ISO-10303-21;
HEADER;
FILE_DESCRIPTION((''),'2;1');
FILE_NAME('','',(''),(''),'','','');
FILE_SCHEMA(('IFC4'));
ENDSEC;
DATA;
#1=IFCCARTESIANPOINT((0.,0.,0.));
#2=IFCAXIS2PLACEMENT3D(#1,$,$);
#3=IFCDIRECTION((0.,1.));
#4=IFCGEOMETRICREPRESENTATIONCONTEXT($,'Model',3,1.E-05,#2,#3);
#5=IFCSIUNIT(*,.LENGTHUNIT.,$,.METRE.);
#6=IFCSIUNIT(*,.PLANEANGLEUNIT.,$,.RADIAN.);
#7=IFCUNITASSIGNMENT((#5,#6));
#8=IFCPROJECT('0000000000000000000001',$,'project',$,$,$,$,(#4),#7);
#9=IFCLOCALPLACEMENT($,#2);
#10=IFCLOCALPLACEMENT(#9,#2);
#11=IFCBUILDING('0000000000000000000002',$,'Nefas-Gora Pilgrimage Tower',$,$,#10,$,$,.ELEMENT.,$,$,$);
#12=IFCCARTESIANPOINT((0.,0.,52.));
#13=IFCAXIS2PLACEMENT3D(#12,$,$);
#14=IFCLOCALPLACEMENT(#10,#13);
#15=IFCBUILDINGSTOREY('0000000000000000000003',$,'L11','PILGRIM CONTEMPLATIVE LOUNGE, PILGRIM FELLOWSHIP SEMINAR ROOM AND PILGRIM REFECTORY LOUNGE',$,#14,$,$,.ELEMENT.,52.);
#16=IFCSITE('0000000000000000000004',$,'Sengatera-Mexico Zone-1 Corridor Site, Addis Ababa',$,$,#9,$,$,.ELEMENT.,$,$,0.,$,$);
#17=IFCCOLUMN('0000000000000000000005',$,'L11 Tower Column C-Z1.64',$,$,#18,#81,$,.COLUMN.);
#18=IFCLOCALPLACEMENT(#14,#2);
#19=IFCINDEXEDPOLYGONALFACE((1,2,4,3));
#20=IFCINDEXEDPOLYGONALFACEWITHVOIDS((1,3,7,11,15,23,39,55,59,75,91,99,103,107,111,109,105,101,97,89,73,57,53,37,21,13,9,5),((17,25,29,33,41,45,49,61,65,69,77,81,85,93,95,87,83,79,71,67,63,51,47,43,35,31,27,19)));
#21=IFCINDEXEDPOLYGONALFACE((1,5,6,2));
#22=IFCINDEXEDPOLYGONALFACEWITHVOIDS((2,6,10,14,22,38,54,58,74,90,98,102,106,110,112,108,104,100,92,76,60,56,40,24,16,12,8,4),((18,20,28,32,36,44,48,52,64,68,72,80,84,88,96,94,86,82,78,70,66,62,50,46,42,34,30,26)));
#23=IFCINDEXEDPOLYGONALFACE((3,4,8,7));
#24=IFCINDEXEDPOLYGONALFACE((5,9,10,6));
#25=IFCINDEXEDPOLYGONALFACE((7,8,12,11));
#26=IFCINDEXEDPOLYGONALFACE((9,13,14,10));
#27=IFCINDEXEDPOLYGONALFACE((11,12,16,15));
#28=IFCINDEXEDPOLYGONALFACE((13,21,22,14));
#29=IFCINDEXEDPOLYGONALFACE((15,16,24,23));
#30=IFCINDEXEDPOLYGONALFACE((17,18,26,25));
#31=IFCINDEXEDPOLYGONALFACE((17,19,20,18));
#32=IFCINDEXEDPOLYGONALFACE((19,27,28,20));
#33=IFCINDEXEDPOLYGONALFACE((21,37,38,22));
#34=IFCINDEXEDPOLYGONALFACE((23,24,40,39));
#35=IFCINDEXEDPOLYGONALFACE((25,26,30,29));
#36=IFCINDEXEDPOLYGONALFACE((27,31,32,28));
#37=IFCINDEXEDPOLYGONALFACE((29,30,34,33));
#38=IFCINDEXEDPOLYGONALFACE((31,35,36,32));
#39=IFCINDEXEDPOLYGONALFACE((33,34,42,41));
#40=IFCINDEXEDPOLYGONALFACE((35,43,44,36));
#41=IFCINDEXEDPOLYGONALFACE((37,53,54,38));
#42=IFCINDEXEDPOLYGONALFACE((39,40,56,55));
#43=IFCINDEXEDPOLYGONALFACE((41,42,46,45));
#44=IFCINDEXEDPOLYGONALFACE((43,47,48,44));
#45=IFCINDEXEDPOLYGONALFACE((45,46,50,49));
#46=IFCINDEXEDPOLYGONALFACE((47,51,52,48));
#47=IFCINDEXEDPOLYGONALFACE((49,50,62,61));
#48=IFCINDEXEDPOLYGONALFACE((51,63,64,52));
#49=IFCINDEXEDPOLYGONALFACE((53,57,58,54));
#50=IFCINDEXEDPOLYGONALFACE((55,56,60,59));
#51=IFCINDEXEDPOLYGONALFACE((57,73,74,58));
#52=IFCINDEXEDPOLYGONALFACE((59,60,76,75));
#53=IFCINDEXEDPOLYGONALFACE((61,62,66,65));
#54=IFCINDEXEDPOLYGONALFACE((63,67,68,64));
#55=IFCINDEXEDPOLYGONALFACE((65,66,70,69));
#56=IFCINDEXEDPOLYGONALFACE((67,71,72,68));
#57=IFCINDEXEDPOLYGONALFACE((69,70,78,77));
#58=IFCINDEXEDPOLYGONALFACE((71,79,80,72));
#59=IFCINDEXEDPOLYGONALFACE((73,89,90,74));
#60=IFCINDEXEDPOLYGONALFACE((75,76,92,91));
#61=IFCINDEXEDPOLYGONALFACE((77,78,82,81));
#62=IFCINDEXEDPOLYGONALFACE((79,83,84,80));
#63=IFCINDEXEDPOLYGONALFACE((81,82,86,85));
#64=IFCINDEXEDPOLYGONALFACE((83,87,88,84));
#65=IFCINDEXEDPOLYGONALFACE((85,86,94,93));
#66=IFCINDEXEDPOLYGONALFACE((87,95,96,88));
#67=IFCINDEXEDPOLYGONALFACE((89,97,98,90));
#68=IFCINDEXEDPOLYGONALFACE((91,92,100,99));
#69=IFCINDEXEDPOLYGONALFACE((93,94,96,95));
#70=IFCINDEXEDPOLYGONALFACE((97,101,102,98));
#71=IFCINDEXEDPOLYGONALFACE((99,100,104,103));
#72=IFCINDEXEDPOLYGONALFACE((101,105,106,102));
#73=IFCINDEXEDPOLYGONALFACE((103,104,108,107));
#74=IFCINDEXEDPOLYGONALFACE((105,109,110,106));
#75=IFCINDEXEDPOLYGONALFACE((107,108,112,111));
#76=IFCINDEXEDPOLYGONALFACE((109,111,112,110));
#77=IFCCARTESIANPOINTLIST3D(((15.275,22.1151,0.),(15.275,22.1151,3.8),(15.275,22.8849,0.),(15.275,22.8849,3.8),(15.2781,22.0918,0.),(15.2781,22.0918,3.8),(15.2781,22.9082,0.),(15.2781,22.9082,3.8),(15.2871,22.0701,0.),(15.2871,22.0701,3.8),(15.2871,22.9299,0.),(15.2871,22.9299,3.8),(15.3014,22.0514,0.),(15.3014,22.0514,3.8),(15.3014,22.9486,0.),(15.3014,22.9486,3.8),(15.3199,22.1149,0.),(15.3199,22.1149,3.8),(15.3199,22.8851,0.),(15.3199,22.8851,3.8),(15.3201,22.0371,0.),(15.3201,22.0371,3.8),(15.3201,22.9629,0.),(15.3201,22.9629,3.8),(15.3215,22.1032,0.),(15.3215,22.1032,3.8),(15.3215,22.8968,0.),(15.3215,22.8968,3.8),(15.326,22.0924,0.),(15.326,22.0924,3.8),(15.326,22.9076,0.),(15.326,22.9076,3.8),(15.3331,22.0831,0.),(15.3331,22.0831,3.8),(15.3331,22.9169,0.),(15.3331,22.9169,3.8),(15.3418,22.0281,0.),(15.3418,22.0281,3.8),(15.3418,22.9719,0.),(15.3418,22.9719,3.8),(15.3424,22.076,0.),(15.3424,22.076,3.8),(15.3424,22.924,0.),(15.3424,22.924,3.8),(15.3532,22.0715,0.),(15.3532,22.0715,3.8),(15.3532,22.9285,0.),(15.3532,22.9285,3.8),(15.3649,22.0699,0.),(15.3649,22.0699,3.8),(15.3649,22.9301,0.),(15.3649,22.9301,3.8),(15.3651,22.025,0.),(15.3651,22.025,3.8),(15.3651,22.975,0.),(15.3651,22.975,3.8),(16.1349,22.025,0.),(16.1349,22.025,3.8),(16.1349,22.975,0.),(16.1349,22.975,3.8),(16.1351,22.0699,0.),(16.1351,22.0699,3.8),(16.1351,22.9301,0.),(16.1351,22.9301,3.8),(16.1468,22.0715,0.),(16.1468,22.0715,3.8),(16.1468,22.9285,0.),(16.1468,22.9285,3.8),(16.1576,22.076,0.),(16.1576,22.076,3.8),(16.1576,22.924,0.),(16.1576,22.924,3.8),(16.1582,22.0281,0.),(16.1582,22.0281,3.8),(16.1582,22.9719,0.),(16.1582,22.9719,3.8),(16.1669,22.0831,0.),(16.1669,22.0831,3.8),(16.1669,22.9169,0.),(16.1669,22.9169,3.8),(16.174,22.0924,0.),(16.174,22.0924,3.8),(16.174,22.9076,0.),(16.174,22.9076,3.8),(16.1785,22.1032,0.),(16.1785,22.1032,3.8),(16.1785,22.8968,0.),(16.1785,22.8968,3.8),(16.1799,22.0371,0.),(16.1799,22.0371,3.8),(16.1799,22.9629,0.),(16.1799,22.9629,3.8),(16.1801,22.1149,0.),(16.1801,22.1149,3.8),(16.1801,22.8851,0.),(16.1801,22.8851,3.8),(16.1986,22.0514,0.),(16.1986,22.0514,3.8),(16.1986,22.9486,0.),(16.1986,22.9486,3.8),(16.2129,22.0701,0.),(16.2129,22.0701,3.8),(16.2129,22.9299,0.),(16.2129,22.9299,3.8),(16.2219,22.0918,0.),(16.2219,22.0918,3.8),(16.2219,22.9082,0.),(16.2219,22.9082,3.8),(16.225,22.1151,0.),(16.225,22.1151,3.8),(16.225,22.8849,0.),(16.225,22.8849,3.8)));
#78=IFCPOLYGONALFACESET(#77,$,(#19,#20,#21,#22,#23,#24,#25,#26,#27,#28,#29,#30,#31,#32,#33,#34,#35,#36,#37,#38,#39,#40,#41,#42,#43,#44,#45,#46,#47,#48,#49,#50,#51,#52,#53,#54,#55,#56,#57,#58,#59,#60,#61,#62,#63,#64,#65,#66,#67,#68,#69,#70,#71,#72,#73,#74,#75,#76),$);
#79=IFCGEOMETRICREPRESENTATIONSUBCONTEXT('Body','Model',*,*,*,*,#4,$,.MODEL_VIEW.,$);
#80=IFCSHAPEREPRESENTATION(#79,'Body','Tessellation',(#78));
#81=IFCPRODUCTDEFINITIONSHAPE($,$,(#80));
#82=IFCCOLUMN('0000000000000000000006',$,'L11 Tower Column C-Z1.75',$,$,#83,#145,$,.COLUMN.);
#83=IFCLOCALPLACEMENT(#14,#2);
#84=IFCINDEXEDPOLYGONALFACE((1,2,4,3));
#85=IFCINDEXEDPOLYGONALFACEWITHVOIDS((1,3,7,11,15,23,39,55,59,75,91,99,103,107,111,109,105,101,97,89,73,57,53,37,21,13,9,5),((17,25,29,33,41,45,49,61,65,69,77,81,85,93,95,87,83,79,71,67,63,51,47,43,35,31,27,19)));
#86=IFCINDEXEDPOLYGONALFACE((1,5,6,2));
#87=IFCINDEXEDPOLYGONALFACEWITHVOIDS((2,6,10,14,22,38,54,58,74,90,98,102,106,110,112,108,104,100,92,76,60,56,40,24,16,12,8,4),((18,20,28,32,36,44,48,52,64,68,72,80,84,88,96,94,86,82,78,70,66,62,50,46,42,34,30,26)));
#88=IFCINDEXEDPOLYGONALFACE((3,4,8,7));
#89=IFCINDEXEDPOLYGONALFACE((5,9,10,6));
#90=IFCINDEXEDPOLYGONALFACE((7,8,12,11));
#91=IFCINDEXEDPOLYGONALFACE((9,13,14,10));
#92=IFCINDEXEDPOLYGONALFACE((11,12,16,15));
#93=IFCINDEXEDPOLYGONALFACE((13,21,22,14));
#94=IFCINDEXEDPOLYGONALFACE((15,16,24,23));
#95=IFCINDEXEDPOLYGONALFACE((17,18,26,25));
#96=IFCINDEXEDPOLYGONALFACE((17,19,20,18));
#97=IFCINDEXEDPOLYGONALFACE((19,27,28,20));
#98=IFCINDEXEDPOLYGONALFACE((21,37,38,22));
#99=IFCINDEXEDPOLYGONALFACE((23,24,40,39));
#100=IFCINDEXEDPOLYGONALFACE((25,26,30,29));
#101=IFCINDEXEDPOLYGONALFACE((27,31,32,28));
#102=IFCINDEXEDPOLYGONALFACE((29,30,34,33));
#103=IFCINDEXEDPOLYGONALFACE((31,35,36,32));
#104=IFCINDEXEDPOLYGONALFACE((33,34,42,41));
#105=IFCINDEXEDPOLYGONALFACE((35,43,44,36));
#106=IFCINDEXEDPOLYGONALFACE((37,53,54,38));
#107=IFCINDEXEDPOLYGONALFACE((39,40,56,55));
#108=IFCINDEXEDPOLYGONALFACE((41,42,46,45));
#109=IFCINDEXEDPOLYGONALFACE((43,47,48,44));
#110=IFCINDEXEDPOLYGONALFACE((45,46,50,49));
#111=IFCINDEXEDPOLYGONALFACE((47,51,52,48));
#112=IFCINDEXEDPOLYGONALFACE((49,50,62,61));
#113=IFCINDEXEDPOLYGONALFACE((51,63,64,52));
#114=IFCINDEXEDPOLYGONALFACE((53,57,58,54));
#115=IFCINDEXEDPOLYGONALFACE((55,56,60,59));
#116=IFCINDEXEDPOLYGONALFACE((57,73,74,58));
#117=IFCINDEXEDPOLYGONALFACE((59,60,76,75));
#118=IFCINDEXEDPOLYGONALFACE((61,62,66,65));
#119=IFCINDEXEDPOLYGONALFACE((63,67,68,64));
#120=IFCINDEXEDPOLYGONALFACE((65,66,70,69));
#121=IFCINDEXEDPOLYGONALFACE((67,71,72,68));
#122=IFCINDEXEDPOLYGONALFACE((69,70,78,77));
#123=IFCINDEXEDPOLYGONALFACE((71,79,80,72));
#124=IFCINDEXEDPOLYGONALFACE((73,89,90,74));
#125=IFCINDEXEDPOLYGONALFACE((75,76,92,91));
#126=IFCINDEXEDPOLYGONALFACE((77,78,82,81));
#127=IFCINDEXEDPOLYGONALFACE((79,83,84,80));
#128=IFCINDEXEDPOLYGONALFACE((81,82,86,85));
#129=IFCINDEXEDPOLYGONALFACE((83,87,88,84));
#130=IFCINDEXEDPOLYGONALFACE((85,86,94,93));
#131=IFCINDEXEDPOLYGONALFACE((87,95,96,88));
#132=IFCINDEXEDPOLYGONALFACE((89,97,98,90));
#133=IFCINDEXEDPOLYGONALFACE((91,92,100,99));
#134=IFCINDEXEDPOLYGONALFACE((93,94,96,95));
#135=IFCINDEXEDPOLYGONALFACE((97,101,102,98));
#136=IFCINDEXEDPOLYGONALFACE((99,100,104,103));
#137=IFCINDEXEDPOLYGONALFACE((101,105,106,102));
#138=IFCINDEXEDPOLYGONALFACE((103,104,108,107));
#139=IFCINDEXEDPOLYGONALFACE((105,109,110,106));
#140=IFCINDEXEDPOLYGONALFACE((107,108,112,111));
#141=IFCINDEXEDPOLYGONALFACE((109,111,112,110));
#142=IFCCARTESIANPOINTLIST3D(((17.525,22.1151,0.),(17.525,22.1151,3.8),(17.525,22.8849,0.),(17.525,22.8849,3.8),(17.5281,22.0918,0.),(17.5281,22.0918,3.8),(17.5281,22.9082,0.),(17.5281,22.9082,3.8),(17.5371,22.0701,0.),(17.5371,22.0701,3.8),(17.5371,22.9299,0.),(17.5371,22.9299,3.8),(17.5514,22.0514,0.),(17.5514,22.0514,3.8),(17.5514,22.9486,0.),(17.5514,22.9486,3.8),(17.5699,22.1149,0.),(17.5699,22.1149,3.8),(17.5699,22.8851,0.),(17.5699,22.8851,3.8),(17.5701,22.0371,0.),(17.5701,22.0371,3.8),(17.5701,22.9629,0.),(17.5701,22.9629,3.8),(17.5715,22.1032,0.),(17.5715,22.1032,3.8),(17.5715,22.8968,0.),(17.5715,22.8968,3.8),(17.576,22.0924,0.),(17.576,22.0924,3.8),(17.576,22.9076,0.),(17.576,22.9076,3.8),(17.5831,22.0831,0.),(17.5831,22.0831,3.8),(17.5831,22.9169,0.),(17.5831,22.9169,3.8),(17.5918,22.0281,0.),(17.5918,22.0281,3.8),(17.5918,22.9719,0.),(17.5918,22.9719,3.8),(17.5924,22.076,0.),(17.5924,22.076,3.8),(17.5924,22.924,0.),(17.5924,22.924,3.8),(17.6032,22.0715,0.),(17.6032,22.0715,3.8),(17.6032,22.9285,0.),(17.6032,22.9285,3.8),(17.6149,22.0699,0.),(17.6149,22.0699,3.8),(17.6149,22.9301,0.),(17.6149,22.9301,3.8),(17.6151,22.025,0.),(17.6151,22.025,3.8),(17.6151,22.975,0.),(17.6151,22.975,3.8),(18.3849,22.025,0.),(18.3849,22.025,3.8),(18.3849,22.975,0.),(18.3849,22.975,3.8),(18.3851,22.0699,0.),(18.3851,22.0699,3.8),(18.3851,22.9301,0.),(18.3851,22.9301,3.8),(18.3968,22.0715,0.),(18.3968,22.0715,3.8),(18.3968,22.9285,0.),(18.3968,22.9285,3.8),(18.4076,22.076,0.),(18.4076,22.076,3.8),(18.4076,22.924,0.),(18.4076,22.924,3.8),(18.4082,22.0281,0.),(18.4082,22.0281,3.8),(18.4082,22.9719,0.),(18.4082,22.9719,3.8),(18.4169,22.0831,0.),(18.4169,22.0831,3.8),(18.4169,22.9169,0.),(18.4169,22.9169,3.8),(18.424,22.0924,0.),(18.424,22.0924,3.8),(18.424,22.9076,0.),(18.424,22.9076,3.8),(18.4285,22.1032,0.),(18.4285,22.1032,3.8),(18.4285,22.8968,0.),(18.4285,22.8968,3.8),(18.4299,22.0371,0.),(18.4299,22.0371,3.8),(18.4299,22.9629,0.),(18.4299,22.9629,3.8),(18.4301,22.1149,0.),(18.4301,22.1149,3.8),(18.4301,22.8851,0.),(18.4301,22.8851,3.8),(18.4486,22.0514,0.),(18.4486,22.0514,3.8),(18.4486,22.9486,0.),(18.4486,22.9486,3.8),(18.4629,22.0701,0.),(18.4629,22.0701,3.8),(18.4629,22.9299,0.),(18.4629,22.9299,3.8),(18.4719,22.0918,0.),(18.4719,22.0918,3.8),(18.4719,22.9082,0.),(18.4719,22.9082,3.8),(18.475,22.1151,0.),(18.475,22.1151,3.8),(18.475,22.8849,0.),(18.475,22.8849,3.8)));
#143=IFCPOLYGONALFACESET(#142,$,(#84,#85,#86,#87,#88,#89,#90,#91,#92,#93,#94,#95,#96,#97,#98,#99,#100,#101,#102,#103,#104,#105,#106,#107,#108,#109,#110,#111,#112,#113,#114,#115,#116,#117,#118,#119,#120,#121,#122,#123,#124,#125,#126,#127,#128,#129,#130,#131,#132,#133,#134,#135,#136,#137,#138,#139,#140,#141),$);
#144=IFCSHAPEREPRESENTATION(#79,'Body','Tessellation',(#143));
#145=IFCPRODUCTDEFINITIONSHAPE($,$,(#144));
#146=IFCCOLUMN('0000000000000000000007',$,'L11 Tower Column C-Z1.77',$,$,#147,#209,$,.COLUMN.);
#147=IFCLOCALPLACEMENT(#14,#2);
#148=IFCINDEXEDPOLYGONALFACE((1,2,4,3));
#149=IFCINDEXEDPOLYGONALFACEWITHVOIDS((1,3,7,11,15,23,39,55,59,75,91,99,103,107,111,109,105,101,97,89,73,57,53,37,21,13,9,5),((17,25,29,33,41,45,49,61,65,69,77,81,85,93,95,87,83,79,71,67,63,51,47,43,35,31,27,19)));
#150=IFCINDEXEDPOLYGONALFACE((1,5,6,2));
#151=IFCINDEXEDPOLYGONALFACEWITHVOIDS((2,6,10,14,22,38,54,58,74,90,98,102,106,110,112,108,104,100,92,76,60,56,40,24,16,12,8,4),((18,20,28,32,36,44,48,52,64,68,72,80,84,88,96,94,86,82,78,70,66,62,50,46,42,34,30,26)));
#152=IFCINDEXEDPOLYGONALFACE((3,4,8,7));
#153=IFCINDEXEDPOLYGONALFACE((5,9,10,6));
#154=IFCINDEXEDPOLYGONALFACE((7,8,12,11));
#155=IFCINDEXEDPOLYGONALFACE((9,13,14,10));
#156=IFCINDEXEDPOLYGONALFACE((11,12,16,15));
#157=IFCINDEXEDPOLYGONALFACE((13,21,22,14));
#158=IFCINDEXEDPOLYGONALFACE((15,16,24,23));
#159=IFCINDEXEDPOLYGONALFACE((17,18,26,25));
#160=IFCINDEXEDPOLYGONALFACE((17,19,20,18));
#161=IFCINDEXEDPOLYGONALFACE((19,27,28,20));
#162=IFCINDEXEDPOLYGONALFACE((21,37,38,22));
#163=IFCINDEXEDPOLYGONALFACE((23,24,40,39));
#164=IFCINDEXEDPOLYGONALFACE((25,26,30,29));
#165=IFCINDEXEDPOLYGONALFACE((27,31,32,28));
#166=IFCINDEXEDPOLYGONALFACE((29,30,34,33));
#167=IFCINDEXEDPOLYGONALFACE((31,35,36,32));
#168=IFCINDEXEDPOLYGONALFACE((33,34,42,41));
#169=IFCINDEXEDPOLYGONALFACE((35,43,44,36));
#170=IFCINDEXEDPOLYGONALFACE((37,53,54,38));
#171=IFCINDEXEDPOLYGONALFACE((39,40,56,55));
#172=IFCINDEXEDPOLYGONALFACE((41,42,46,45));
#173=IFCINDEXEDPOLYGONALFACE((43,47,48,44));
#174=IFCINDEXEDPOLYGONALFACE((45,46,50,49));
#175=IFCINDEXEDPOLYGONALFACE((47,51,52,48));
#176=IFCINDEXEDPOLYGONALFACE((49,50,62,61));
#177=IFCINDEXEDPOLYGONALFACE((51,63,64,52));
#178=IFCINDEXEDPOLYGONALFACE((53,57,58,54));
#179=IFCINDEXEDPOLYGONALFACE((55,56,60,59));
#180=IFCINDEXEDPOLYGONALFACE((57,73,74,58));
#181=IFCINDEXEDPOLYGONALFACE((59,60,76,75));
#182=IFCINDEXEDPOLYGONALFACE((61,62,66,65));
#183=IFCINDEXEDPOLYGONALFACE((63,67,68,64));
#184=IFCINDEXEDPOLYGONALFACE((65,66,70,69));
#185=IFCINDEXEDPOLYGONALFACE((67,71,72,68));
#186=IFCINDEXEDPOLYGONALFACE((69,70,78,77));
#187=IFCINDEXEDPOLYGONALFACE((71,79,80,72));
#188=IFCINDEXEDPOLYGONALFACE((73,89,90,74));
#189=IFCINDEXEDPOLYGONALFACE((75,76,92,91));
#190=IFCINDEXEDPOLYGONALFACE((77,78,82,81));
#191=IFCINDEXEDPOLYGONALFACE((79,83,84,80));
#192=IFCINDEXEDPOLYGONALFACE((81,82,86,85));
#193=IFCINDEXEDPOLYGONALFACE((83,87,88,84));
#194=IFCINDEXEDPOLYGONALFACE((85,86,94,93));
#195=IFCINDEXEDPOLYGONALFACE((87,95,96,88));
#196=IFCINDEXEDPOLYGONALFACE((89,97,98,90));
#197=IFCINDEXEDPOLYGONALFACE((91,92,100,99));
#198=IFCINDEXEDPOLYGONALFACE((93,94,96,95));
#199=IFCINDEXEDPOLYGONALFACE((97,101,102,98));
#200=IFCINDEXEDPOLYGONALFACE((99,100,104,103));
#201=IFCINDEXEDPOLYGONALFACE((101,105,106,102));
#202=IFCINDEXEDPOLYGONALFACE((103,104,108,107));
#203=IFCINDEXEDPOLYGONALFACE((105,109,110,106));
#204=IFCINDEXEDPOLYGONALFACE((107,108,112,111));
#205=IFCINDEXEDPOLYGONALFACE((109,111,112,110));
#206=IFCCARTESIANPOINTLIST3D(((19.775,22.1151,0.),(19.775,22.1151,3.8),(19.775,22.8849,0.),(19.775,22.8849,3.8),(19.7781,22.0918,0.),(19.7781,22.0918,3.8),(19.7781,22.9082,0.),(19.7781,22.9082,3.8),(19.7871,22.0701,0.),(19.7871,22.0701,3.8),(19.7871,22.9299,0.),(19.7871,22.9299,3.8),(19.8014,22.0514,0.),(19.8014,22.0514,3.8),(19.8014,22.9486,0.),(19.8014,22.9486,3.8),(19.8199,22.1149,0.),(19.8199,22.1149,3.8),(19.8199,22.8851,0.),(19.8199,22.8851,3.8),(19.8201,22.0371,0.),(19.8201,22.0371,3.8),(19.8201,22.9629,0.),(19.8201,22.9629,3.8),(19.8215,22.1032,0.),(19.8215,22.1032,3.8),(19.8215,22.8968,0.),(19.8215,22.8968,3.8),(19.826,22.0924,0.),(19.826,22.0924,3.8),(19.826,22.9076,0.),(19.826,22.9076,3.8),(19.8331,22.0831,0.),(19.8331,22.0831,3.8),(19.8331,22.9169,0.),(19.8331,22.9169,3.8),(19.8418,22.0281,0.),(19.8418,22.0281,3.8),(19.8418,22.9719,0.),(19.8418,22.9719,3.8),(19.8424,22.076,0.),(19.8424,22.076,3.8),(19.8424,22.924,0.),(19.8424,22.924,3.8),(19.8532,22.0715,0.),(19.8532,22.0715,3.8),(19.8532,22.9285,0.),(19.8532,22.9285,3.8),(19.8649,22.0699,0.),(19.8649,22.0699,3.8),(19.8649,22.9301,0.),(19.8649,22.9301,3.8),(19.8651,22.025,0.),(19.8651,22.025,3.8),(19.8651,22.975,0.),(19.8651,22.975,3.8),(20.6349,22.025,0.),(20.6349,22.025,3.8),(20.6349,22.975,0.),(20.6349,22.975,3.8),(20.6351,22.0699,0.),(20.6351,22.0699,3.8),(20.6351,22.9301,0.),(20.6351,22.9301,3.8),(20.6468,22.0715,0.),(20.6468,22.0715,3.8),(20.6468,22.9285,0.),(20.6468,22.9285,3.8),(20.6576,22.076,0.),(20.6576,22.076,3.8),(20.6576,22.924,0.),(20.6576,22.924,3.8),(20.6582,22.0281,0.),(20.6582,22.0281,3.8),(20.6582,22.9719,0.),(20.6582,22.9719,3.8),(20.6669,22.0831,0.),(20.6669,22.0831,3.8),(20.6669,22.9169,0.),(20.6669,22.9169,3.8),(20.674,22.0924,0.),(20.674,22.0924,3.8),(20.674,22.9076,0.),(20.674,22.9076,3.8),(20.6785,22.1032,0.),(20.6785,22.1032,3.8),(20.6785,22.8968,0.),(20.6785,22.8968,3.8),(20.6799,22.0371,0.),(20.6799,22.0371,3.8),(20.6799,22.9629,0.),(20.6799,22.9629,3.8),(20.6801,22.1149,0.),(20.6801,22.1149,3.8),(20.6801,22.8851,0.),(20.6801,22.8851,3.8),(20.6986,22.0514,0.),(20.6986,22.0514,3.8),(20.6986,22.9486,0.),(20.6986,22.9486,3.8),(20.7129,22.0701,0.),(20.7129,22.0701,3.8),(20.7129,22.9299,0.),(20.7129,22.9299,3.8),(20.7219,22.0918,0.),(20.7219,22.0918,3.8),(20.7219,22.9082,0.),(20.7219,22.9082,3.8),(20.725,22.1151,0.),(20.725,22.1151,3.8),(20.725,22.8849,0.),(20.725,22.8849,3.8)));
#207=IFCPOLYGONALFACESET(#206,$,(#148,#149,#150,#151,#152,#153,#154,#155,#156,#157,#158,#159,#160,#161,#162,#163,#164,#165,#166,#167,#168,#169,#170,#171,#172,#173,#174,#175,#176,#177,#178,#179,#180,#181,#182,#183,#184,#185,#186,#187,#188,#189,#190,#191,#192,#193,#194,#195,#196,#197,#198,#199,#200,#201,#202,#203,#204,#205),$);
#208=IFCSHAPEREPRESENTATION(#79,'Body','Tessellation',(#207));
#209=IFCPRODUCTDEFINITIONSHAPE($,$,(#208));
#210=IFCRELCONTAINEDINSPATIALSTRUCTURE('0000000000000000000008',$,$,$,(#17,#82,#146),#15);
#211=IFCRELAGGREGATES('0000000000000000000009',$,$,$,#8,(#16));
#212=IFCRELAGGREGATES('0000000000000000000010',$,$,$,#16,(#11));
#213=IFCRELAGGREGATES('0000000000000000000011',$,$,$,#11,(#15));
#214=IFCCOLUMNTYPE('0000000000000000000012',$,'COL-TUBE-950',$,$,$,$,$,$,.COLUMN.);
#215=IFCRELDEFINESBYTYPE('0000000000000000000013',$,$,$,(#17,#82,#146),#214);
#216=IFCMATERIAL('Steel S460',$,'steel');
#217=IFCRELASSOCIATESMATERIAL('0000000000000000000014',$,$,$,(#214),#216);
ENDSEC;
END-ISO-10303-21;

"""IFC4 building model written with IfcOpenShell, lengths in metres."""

from ifc_helpers import new_model, si_unit, direction, frame, origin, origin_2d, place, context, subcontext, project, spatial, hollow_rectangle, extrude, source, transform, mapped, material, material_profile, profile_set, type_object, element, save


model = new_model("IFC4")

# Units and contexts
model_context = context("Model", 3, precision=1e-05, world=origin(), true_north=direction((0.0, 1.0)))
body_context = subcontext(model_context, "Body", "Model", "MODEL_VIEW")
ifc_project = project(units=[si_unit("LENGTHUNIT", "METRE"), si_unit("PLANEANGLEUNIT", "RADIAN")], contexts=[model_context])

# Site, building, storey
site_placement = place(None, origin())
site = spatial("IfcSite", under=ifc_project, at=site_placement, Name="Sengatera-Mexico Zone-1 Corridor Site, Addis Ababa", CompositionType="ELEMENT", RefElevation=0.0)
building_placement = place(site_placement, origin())
building = spatial("IfcBuilding", under=site, at=building_placement, Name="Nefas-Gora Pilgrimage Tower", CompositionType="ELEMENT")
storey_placement = place(building_placement, frame((0.0, 0.0, 52.0)))
storey = spatial("IfcBuildingStorey", under=building, at=storey_placement, Name="L11", Description="PILGRIM CONTEMPLATIVE LOUNGE, PILGRIM FELLOWSHIP SEMINAR ROOM AND PILGRIM REFECTORY LOUNGE", CompositionType="ELEMENT", Elevation=52.0)

# Columns
ifc_material_1 = material(Name="Steel S460", Category="steel")
ifc_material_profile_1 = material_profile(ifc_material_1, hollow_rectangle(XDim=0.95, YDim=0.95, WallThickness=0.0449, InnerFilletRadius=0.0449, OuterFilletRadius=0.0901, at=origin_2d()), Name="BOX 950x950x45")
ifc_profile_set_1 = profile_set([ifc_material_profile_1], Name="Steel S460")
column_type_1 = type_object("IfcColumnType", Name="COL-TUBE-950", PredefinedType="COLUMN", material=ifc_profile_set_1)
shared_shape_1 = source(origin(), body_context, "Body", "SweptSolid", [
    extrude(hollow_rectangle(XDim=0.95, YDim=0.95, WallThickness=0.0449, InnerFilletRadius=0.0449, OuterFilletRadius=0.0901, at=origin_2d()), origin(), (0.0, 0.0, 1.0), 3.8),
])
for number, where, z_axis, x_axis, name in (
    (1, (15.75, 22.5, 0.0), (0.0, 0.0, 1.0), (1.0, 0.0, 0.0), "L11 Tower Column C-Z1.64"),
    (2, (18.0, 22.5, 0.0), (0.0, 0.0, 1.0), (1.0, 0.0, 0.0), "L11 Tower Column C-Z1.75"),
    (3, (20.25, 22.5, 0.0), (0.0, 0.0, 1.0), (1.0, 0.0, 0.0), "L11 Tower Column C-Z1.77"),
):
    element("IfcColumn", number, at=place(storey_placement, frame(where, z_axis=z_axis, x_axis=x_axis)), inside=storey, type_object=column_type_1, Name=name, PredefinedType="COLUMN", context=body_context, shape_type="MappedRepresentation", body=[
        mapped(shared_shape_1, transform((0.0, 0.0, 0.0), x_axis=(1.0, 0.0, 0.0), y_axis=(0.0, 1.0, 0.0), z_axis=(0.0, 0.0, 1.0), scale=1.0)),
    ])

save(model, "model.ifc")
